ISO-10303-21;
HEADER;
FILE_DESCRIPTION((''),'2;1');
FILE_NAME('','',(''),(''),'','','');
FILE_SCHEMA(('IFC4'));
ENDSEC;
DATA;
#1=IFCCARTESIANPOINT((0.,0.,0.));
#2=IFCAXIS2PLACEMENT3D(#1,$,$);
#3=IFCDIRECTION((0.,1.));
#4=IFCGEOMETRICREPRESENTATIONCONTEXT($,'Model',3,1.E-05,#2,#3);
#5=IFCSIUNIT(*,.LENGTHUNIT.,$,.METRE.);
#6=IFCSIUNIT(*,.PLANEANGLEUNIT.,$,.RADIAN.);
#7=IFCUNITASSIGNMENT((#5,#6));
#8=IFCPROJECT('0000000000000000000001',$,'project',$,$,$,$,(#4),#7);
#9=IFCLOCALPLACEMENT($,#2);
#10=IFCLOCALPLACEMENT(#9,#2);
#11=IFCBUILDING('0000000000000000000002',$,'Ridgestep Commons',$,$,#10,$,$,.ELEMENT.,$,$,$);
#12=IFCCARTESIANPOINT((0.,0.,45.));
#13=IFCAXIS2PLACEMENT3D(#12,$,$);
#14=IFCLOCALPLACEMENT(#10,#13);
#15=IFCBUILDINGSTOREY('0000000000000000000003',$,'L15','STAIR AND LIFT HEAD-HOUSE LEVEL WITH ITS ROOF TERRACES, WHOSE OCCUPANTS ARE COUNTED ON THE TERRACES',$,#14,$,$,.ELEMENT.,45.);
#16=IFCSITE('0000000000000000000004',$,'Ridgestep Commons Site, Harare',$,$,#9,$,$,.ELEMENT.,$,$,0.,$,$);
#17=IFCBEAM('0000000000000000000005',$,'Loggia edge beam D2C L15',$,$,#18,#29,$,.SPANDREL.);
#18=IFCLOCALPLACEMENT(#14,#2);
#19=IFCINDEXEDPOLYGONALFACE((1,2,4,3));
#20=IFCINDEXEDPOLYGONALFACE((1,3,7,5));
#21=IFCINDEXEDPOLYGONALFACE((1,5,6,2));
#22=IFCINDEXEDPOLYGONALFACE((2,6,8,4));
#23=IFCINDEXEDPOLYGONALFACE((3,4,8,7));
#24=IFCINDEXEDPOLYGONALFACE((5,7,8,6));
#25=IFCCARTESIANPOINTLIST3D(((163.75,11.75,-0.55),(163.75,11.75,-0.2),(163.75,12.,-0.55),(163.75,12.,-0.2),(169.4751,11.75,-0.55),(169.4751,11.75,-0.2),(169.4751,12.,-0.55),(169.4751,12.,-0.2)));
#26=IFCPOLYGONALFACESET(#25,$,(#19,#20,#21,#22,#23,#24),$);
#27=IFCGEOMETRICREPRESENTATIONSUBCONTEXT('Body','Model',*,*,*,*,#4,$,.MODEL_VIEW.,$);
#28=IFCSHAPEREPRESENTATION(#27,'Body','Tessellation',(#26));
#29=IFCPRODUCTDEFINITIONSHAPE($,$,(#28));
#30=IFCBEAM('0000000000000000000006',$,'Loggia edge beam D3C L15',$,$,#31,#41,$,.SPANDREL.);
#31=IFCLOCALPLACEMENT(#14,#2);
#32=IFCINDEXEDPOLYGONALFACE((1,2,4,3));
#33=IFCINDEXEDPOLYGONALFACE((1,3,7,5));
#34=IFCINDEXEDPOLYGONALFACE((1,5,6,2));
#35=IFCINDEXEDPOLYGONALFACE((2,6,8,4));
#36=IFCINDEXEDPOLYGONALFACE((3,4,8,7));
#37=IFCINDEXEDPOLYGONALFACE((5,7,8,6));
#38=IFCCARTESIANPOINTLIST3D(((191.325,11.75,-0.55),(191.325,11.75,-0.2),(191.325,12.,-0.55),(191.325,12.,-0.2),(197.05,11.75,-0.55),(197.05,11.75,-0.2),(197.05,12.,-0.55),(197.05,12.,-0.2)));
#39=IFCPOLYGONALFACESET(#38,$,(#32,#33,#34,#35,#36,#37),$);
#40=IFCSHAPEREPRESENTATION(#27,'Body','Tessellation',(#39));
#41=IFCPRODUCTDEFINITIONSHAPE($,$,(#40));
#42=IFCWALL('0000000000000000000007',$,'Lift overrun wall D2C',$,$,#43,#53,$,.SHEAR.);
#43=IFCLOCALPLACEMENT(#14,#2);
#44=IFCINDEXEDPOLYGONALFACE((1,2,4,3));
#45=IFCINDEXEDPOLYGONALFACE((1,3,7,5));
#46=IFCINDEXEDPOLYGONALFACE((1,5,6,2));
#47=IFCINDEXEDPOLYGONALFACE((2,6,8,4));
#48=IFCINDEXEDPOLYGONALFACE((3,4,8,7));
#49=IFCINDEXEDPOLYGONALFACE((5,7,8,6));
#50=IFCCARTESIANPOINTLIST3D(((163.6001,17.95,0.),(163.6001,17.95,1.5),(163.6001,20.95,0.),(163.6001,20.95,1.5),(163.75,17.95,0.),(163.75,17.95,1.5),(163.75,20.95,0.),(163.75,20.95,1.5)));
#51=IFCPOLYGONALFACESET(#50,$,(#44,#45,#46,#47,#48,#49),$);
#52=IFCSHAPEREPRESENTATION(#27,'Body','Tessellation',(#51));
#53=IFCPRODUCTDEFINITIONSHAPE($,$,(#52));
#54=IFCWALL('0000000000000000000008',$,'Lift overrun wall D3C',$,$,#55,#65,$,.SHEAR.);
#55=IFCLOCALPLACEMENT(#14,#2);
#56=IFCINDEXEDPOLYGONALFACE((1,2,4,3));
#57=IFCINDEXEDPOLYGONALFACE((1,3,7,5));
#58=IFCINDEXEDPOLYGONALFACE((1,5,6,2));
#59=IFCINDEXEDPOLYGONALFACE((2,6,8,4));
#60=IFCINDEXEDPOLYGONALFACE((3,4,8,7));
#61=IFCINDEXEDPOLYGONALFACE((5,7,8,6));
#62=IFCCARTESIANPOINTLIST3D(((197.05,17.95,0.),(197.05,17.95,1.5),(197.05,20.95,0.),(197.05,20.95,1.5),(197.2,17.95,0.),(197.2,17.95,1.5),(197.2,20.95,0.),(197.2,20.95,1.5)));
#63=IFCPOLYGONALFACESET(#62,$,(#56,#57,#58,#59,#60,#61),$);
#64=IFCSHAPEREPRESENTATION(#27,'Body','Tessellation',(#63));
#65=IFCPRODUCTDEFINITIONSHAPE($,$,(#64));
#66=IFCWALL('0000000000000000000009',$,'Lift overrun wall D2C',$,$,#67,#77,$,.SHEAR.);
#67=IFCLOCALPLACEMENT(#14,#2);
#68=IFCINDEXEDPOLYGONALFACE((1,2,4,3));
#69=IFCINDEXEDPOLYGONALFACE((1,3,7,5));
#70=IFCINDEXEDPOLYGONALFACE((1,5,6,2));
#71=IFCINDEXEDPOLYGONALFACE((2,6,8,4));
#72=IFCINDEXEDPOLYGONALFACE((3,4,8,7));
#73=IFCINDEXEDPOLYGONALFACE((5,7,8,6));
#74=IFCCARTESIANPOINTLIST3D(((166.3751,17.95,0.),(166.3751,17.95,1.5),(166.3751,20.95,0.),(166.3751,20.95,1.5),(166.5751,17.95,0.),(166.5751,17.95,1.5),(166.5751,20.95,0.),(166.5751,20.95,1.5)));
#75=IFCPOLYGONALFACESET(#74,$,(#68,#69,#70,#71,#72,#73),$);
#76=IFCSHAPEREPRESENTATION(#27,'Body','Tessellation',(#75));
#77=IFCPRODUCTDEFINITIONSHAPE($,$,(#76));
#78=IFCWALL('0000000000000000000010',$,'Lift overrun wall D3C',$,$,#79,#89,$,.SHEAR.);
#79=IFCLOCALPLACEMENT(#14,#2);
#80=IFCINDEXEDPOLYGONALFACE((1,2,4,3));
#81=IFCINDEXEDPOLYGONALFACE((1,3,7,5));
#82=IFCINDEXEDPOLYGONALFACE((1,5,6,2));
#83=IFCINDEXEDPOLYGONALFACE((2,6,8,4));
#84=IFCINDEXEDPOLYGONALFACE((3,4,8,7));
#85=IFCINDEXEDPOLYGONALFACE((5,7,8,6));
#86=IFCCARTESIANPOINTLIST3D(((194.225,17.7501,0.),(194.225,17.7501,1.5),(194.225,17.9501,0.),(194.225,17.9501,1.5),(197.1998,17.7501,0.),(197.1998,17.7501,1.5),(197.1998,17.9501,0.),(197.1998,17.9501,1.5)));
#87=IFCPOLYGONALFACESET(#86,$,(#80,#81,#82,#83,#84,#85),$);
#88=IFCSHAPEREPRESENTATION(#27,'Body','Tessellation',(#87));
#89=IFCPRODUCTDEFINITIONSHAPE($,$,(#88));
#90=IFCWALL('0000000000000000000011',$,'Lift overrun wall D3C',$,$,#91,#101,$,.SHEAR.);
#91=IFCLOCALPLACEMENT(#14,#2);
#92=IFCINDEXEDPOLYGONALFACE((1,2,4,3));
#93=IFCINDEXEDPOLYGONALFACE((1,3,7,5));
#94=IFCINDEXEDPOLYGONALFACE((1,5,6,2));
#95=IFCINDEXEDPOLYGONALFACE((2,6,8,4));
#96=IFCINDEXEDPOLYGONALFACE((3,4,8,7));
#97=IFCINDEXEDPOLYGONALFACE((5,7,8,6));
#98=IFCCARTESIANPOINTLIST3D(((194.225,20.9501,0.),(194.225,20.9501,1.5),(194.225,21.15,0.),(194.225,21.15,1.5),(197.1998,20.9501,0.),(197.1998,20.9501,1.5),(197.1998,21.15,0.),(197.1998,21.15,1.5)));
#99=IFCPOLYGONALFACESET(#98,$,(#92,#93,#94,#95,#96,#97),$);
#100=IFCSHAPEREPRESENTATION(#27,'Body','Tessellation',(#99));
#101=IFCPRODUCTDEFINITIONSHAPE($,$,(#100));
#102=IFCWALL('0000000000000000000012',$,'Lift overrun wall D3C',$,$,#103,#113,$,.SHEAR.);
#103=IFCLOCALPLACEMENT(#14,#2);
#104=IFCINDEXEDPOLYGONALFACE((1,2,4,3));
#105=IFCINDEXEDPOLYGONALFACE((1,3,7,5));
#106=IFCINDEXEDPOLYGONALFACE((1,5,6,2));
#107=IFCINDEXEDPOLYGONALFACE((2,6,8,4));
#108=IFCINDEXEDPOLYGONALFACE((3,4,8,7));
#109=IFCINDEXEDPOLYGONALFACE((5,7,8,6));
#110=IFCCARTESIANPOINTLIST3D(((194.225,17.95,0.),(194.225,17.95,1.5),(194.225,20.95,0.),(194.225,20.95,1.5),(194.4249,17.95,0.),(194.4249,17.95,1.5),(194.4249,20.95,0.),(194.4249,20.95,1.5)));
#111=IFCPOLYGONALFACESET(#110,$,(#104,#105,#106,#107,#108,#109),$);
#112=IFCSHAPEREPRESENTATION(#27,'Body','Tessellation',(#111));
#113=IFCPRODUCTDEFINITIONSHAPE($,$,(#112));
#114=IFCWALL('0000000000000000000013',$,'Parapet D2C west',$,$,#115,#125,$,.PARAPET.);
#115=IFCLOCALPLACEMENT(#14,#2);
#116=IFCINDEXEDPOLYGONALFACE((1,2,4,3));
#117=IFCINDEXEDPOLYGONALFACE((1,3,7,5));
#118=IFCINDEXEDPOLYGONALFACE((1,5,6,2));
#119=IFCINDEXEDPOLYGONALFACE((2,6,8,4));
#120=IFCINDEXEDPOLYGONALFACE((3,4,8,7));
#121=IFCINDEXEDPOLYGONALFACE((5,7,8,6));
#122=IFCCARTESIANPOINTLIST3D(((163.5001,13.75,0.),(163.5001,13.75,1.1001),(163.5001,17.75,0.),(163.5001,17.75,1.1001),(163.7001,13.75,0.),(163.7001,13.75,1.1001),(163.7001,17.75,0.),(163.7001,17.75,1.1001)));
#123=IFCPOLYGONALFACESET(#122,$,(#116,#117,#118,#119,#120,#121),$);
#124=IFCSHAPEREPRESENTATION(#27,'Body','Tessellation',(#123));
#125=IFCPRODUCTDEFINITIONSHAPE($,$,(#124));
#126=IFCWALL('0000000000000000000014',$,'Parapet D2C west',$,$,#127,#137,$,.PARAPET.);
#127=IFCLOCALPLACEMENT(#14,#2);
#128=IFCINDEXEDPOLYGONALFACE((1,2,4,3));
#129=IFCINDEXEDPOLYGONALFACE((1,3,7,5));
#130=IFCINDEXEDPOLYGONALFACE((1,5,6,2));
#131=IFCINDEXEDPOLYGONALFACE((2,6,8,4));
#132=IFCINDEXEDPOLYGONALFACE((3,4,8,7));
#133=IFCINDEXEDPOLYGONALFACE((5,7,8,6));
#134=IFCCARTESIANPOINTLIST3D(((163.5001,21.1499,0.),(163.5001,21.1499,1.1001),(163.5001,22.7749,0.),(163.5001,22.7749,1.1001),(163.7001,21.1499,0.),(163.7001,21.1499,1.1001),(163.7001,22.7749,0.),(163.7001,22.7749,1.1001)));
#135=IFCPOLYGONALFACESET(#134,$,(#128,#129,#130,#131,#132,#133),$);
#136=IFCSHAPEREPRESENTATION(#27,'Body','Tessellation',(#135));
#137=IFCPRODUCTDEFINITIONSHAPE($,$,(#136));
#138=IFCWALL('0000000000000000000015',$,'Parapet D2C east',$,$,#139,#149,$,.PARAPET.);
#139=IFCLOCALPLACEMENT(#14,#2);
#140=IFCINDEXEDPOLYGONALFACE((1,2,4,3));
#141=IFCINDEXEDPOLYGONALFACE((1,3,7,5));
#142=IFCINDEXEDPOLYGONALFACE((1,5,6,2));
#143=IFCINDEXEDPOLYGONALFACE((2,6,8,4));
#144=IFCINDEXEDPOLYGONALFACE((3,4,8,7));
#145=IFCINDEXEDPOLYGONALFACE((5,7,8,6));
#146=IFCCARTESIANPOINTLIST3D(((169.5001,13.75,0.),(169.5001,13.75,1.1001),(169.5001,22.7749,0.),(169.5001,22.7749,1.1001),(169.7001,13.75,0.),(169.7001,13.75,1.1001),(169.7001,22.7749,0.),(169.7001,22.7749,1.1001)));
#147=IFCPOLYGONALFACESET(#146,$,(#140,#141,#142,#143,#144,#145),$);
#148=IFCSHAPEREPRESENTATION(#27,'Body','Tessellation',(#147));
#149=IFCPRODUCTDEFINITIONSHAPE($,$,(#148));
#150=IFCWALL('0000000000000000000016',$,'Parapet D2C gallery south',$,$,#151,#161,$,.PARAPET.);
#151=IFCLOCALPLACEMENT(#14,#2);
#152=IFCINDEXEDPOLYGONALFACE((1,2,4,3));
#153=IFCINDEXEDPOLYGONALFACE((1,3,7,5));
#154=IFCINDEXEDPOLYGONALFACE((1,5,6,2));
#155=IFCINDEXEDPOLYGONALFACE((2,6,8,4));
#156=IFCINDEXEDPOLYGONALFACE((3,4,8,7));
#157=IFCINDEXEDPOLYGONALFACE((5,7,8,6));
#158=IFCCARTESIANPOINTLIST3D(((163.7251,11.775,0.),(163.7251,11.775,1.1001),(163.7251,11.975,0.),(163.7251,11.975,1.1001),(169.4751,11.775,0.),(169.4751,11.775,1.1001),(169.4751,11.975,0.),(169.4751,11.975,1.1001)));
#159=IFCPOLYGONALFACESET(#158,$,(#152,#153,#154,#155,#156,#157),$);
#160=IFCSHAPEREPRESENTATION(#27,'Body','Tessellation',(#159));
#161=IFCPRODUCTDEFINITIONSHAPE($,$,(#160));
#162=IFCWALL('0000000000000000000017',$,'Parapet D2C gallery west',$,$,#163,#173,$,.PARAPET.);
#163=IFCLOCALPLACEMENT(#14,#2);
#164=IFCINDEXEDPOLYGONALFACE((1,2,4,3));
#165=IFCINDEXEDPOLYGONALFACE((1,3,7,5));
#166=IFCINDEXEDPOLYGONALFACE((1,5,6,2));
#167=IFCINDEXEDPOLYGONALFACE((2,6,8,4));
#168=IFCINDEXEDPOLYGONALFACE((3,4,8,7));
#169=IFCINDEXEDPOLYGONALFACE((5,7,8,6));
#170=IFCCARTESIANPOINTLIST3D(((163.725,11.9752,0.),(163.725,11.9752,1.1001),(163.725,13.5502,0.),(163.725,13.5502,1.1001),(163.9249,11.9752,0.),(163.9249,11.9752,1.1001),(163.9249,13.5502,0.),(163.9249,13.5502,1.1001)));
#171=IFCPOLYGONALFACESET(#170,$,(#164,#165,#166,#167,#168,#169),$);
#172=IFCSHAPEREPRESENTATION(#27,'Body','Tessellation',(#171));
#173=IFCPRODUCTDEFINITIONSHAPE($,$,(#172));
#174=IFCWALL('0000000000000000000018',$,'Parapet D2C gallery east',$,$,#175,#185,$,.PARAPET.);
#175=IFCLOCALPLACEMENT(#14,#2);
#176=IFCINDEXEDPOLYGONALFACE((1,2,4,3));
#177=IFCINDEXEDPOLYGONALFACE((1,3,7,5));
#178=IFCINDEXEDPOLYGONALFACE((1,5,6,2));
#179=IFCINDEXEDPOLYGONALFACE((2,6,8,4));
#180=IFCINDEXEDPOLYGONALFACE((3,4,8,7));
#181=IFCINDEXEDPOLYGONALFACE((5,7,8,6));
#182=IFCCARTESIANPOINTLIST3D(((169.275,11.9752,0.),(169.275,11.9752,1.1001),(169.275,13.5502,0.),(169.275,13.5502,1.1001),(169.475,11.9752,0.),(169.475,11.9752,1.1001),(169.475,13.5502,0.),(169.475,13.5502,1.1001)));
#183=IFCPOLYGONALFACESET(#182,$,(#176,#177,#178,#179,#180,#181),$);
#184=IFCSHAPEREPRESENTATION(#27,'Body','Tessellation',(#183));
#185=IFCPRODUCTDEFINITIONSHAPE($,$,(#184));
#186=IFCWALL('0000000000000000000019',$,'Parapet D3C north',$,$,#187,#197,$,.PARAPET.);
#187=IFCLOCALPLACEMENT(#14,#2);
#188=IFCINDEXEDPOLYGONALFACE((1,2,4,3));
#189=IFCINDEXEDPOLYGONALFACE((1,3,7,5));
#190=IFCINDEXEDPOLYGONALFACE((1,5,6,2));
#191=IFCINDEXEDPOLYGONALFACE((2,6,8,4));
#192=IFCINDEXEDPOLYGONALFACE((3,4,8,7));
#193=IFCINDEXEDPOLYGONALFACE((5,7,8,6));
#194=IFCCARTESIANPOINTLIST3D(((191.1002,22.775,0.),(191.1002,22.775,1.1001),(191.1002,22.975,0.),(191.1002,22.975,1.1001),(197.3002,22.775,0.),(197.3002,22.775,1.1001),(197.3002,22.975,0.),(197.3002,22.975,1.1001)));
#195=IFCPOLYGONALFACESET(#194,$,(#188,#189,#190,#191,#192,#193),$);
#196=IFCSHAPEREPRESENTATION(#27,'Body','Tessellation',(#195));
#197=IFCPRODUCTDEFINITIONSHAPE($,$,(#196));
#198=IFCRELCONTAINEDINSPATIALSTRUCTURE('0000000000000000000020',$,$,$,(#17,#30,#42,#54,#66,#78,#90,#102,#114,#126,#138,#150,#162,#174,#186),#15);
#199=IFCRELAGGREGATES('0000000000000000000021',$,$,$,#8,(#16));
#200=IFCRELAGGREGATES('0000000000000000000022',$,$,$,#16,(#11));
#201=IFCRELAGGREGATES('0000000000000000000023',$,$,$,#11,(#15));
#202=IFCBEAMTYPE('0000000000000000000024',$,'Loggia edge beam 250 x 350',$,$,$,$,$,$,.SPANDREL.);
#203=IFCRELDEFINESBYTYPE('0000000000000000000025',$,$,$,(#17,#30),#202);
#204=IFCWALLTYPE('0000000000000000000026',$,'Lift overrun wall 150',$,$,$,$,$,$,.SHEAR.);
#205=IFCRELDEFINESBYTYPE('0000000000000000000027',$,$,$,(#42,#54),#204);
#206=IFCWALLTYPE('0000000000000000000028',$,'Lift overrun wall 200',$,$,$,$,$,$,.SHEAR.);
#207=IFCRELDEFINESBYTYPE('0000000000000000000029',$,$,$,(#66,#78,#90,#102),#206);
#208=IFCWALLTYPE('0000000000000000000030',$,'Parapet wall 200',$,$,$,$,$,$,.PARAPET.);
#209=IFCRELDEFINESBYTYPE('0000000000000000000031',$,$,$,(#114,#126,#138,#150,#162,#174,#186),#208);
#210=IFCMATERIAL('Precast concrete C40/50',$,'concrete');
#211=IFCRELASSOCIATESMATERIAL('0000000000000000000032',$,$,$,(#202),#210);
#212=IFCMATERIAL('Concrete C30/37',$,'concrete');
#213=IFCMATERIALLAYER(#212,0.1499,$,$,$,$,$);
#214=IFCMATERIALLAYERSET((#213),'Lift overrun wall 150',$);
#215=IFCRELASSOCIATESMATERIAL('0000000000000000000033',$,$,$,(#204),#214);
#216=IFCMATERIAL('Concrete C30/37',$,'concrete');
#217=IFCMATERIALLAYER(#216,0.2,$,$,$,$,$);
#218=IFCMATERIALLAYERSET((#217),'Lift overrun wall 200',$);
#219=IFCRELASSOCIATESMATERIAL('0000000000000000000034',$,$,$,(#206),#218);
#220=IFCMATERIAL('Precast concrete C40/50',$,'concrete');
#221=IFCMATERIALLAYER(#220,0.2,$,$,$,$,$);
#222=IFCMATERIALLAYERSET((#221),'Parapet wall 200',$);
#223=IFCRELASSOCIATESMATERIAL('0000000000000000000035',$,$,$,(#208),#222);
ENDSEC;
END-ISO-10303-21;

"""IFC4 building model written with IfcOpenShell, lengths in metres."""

from ifc_helpers import new_model, si_unit, direction, frame, frame_2d, origin, origin_2d, place, context, subcontext, project, spatial, rectangle, extrude, material, layer, layer_set, material_profile, profile_set, type_object, element, save


model = new_model("IFC4")

# Units and contexts
model_context = context("Model", 3, precision=1e-05, world=origin(), true_north=direction((0.0, 1.0)))
body_context = subcontext(model_context, "Body", "Model", "MODEL_VIEW")
ifc_project = project(units=[si_unit("LENGTHUNIT", "METRE"), si_unit("PLANEANGLEUNIT", "RADIAN")], contexts=[model_context])

# Site, building, storey
site_placement = place(None, origin())
site = spatial("IfcSite", under=ifc_project, at=site_placement, Name="Ridgestep Commons Site, Harare", CompositionType="ELEMENT", RefElevation=0.0)
building_placement = place(site_placement, origin())
building = spatial("IfcBuilding", under=site, at=building_placement, Name="Ridgestep Commons", CompositionType="ELEMENT")
storey_placement = place(building_placement, frame((0.0, 0.0, 45.0)))
storey = spatial("IfcBuildingStorey", under=building, at=storey_placement, Name="L15", Description="STAIR AND LIFT HEAD-HOUSE LEVEL WITH ITS ROOF TERRACES, WHOSE OCCUPANTS ARE COUNTED ON THE TERRACES", CompositionType="ELEMENT", Elevation=45.0)

# Beams
ifc_material_1 = material(Name="Precast concrete C40/50", Category="concrete")
ifc_material_profile = material_profile(ifc_material_1, rectangle(XDim=0.25, YDim=0.3501, at=origin_2d()), Name="PC 250x350")
ifc_profile_set = profile_set([ifc_material_profile], Name="Precast concrete C40/50")
beam_type = type_object("IfcBeamType", Name="Loggia edge beam 250 x 350", PredefinedType="SPANDREL", material=ifc_profile_set)
for number, where, z_axis, x_axis, name in (
    (1, (163.75, 11.875, -0.375), (1.0, 0.0, 0.0), (0.0, 1.0, 0.0), "Loggia edge beam D2C L15"),
    (2, (191.325, 11.875, -0.375), (1.0, 0.0, 0.0), (0.0, 1.0, 0.0), "Loggia edge beam D3C L15"),
):
    element("IfcBeam", number, at=place(storey_placement, frame(where, z_axis=z_axis, x_axis=x_axis)), inside=storey, type_object=beam_type, Name=name, PredefinedType="SPANDREL", context=body_context, shape_type="SweptSolid", body=[
        extrude(rectangle(XDim=0.25, YDim=0.3501, at=origin_2d()), origin(), (0.0, 0.0, 1.0), 5.7251),
    ])

# Walls
ifc_material_2 = material(Name="Concrete C30/37", Category="concrete")
ifc_layer_1 = layer(ifc_material_2, 0.1499)
ifc_layer_set_1 = layer_set([ifc_layer_1], Name="Lift overrun wall 150")
wall_type_1 = type_object("IfcWallType", Name="Lift overrun wall 150", PredefinedType="SHEAR", material=ifc_layer_set_1)
for number, where, z_axis, x_axis, name in (
    (3, (163.675, 17.95, 0.0), (0.0, 0.0, 1.0), (0.0, 1.0, 0.0), "Lift overrun wall D2C"),
    (4, (197.125, 17.95, 0.0), (0.0, 0.0, 1.0), (0.0, 1.0, 0.0), "Lift overrun wall D3C"),
):
    element("IfcWall", number, at=place(storey_placement, frame(where, z_axis=z_axis, x_axis=x_axis)), inside=storey, type_object=wall_type_1, Name=name, PredefinedType="SHEAR", context=body_context, shape_type="SweptSolid", body=[
        extrude(rectangle(XDim=3.0, YDim=0.1499, at=frame_2d((1.5, 0.0))), origin(), (0.0, 0.0, 1.0), 1.5),
    ])
ifc_material_3 = material(Name="Concrete C30/37", Category="concrete")
ifc_layer_2 = layer(ifc_material_3, 0.2)
ifc_layer_set_2 = layer_set([ifc_layer_2], Name="Lift overrun wall 200")
wall_type_2 = type_object("IfcWallType", Name="Lift overrun wall 200", PredefinedType="SHEAR", material=ifc_layer_set_2)
wall_1_placement = place(storey_placement, frame((166.4751, 17.95, 0.0), z_axis=(0.0, 0.0, 1.0), x_axis=(0.0, 1.0, 0.0)))
element("IfcWall", 5, at=wall_1_placement, inside=storey, type_object=wall_type_2, Name="Lift overrun wall D2C", PredefinedType="SHEAR", context=body_context, shape_type="SweptSolid", body=[
    extrude(rectangle(XDim=3.0, YDim=0.2, at=frame_2d((1.5, 0.0))), origin(), (0.0, 0.0, 1.0), 1.5),
])
for number, where, z_axis, x_axis, name in (
    (6, (194.2251, 17.8501, 0.0), (0.0, 0.0, 1.0), (1.0, 0.0, 0.0), "Lift overrun wall D3C"),
    (7, (194.2251, 21.05, 0.0), (0.0, 0.0, 1.0), (1.0, 0.0, 0.0), "Lift overrun wall D3C"),
):
    element("IfcWall", number, at=place(storey_placement, frame(where, z_axis=z_axis, x_axis=x_axis)), inside=storey, type_object=wall_type_2, Name=name, PredefinedType="SHEAR", context=body_context, shape_type="SweptSolid", body=[
        extrude(rectangle(XDim=2.9749, YDim=0.2, at=frame_2d((1.4873, 0.0))), origin(), (0.0, 0.0, 1.0), 1.5),
    ])
wall_2_placement = place(storey_placement, frame((194.325, 17.95, 0.0), z_axis=(0.0, 0.0, 1.0), x_axis=(0.0, 1.0, 0.0)))
element("IfcWall", 8, at=wall_2_placement, inside=storey, type_object=wall_type_2, Name="Lift overrun wall D3C", PredefinedType="SHEAR", context=body_context, shape_type="SweptSolid", body=[
    extrude(rectangle(XDim=3.0, YDim=0.2, at=frame_2d((1.5, 0.0))), origin(), (0.0, 0.0, 1.0), 1.5),
])
ifc_material_4 = material(Name="Precast concrete C40/50", Category="concrete")
ifc_layer_3 = layer(ifc_material_4, 0.2)
ifc_layer_set_3 = layer_set([ifc_layer_3], Name="Parapet wall 200")
wall_type_3 = type_object("IfcWallType", Name="Parapet wall 200", PredefinedType="PARAPET", material=ifc_layer_set_3)
wall_3_placement = place(storey_placement, frame((163.6001, 13.75, 0.0), z_axis=(0.0, 0.0, 1.0), x_axis=(0.0, 1.0, 0.0)))
element("IfcWall", 9, at=wall_3_placement, inside=storey, type_object=wall_type_3, Name="Parapet D2C west", PredefinedType="PARAPET", context=body_context, shape_type="SweptSolid", body=[
    extrude(rectangle(XDim=4.0, YDim=0.2, at=frame_2d((2.0, 0.0))), origin(), (0.0, 0.0, 1.0), 1.1001),
])
wall_4_placement = place(storey_placement, frame((163.6001, 21.1499, 0.0), z_axis=(0.0, 0.0, 1.0), x_axis=(0.0, 1.0, 0.0)))
element("IfcWall", 10, at=wall_4_placement, inside=storey, type_object=wall_type_3, Name="Parapet D2C west", PredefinedType="PARAPET", context=body_context, shape_type="SweptSolid", body=[
    extrude(rectangle(XDim=1.625, YDim=0.2, at=frame_2d((0.8125, 0.0))), origin(), (0.0, 0.0, 1.0), 1.1001),
])
wall_5_placement = place(storey_placement, frame((169.6001, 13.75, 0.0), z_axis=(0.0, 0.0, 1.0), x_axis=(0.0, 1.0, 0.0)))
element("IfcWall", 11, at=wall_5_placement, inside=storey, type_object=wall_type_3, Name="Parapet D2C east", PredefinedType="PARAPET", context=body_context, shape_type="SweptSolid", body=[
    extrude(rectangle(XDim=9.0249, YDim=0.2, at=frame_2d((4.5125, 0.0))), origin(), (0.0, 0.0, 1.0), 1.1001),
])
wall_6_placement = place(storey_placement, frame((163.7251, 11.875, 0.0), z_axis=(0.0, 0.0, 1.0), x_axis=(1.0, 0.0, 0.0)))
element("IfcWall", 12, at=wall_6_placement, inside=storey, type_object=wall_type_3, Name="Parapet D2C gallery south", PredefinedType="PARAPET", context=body_context, shape_type="SweptSolid", body=[
    extrude(rectangle(XDim=5.75, YDim=0.2, at=frame_2d((2.875, 0.0))), origin(), (0.0, 0.0, 1.0), 1.1001),
])
for number, where, z_axis, x_axis, name in (
    (13, (163.825, 11.9751, 0.0), (0.0, 0.0, 1.0), (0.0, 1.0, 0.0), "Parapet D2C gallery west"),
    (14, (169.375, 11.9751, 0.0), (0.0, 0.0, 1.0), (0.0, 1.0, 0.0), "Parapet D2C gallery east"),
):
    element("IfcWall", number, at=place(storey_placement, frame(where, z_axis=z_axis, x_axis=x_axis)), inside=storey, type_object=wall_type_3, Name=name, PredefinedType="PARAPET", context=body_context, shape_type="SweptSolid", body=[
        extrude(rectangle(XDim=1.575, YDim=0.2, at=frame_2d((0.7876, 0.0))), origin(), (0.0, 0.0, 1.0), 1.1001),
    ])
for number, where, z_axis, x_axis, name in (
    (15, (191.1001, 22.875, 0.0), (0.0, 0.0, 1.0), (1.0, 0.0, 0.0), "Parapet D3C north"),
):
    element("IfcWall", number, at=place(storey_placement, frame(where, z_axis=z_axis, x_axis=x_axis)), inside=storey, type_object=wall_type_3, Name=name, PredefinedType="PARAPET", context=body_context, shape_type="SweptSolid", body=[
        extrude(rectangle(XDim=6.2, YDim=0.2, at=frame_2d((3.1001, 0.0))), origin(), (0.0, 0.0, 1.0), 1.1001),
    ])

save(model, "model.ifc")
